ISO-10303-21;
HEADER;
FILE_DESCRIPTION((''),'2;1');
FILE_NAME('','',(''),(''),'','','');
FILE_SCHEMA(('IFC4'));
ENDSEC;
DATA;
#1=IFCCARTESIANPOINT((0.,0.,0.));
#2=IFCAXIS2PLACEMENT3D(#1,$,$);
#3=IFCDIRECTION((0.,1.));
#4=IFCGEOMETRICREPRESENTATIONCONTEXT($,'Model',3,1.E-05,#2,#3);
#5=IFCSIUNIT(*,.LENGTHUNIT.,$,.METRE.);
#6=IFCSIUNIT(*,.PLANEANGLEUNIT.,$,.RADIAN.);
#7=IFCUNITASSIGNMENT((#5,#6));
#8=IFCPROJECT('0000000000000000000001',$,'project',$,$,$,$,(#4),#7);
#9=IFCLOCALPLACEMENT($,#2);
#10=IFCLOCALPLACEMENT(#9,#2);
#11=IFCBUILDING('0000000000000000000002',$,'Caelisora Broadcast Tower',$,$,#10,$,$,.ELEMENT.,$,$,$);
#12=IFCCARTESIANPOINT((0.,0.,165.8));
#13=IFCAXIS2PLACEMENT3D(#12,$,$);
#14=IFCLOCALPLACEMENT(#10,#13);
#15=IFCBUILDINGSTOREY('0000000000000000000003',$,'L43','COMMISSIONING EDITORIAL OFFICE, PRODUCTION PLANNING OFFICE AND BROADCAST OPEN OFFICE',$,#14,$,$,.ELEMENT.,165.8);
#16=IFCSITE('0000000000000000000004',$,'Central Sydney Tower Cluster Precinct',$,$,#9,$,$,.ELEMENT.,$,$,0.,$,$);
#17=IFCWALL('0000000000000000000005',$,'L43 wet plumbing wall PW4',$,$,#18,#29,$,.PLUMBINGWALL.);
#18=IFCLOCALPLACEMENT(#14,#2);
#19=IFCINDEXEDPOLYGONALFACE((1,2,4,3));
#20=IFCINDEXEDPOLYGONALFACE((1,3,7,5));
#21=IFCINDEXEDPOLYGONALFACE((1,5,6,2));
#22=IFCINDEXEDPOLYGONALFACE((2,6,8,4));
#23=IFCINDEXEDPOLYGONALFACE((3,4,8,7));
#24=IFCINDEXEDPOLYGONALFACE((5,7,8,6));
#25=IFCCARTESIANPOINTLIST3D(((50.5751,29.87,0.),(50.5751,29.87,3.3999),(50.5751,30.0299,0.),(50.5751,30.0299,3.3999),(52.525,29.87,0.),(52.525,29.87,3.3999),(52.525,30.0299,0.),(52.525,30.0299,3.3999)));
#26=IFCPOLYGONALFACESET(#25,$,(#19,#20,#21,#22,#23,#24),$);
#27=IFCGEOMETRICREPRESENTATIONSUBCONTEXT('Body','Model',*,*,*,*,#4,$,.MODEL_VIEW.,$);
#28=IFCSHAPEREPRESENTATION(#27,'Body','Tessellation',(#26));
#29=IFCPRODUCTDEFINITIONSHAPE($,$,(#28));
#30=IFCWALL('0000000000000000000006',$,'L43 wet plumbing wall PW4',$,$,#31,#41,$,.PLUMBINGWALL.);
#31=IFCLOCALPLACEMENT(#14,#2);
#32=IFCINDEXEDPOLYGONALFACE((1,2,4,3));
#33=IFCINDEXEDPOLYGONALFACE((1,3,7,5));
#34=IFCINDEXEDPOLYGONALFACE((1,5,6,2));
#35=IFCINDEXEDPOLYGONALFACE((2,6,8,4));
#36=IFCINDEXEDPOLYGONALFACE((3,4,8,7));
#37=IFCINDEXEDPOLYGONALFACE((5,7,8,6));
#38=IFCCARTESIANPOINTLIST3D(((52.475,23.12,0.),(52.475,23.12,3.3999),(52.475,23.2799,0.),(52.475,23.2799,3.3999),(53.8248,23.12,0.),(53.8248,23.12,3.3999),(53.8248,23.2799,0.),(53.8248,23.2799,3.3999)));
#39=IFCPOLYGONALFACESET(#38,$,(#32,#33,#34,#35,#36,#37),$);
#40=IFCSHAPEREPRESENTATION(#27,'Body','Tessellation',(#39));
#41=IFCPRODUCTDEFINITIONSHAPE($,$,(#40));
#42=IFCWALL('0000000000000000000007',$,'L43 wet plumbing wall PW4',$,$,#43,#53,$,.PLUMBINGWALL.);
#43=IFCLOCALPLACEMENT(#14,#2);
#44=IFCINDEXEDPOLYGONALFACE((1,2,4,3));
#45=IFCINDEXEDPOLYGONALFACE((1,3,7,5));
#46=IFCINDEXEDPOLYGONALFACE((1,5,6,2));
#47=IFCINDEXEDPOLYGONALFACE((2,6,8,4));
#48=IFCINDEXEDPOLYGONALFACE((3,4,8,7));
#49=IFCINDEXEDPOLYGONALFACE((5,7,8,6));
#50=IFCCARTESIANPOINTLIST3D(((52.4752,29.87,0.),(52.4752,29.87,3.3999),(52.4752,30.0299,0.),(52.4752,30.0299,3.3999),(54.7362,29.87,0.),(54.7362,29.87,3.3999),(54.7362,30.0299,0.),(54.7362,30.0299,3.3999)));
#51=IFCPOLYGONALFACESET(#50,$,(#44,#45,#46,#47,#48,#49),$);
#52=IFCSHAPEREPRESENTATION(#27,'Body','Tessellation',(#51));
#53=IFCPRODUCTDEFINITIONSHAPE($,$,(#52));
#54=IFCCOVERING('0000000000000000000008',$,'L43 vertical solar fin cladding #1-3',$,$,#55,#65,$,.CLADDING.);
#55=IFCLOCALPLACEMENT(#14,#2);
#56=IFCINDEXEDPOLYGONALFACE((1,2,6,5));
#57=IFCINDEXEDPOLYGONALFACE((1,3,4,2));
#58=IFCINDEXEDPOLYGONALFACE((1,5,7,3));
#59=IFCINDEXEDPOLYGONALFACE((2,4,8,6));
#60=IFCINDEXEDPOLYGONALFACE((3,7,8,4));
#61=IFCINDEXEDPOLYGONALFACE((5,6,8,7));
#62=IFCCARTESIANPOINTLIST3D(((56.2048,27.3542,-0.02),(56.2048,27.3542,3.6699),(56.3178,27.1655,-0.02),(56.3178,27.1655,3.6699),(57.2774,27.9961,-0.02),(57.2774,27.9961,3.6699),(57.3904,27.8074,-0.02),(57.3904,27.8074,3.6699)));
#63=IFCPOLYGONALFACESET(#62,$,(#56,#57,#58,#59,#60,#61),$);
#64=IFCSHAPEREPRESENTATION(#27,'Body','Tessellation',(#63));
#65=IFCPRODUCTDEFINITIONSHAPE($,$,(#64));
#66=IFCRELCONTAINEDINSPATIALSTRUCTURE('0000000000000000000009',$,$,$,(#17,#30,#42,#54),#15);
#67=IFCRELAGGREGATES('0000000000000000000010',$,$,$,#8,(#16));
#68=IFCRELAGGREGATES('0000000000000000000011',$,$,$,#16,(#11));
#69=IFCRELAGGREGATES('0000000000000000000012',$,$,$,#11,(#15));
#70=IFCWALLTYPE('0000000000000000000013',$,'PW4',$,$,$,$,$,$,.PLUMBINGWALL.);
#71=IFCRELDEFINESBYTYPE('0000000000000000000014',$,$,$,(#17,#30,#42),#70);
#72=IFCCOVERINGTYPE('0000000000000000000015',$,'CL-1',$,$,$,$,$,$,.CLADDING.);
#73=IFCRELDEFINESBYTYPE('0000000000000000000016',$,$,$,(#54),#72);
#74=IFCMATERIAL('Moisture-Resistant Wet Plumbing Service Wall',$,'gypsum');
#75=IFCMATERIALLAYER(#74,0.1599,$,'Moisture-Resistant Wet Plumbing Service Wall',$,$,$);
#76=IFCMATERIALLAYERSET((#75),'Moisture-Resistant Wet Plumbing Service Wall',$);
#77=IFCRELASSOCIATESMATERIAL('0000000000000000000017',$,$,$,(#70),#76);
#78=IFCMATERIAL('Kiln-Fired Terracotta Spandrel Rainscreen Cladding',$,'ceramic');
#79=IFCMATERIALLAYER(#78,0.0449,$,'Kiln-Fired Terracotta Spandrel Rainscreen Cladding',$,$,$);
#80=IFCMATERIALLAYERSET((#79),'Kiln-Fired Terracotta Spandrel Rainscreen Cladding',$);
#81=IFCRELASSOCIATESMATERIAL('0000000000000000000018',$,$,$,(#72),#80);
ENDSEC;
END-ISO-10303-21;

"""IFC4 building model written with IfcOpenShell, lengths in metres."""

from ifc_helpers import new_model, si_unit, direction, frame, frame_2d, origin, origin_2d, place, context, subcontext, project, spatial, rectangle, extrude, source, transform, mapped, material, layer, layer_set, type_object, type_shapes, element, save


model = new_model("IFC4")

# Units and contexts
model_context = context("Model", 3, precision=1e-05, world=origin(), true_north=direction((0.0, 1.0)))
body_context = subcontext(model_context, "Body", "Model", "MODEL_VIEW")
ifc_project = project(units=[si_unit("LENGTHUNIT", "METRE"), si_unit("PLANEANGLEUNIT", "RADIAN")], contexts=[model_context])

# Site, building, storey
site_placement = place(None, origin())
site = spatial("IfcSite", under=ifc_project, at=site_placement, Name="Central Sydney Tower Cluster Precinct", CompositionType="ELEMENT", RefElevation=0.0)
building_placement = place(site_placement, origin())
building = spatial("IfcBuilding", under=site, at=building_placement, Name="Caelisora Broadcast Tower", CompositionType="ELEMENT")
storey_placement = place(building_placement, frame((0.0, 0.0, 165.8)))
storey = spatial("IfcBuildingStorey", under=building, at=storey_placement, Name="L43", Description="COMMISSIONING EDITORIAL OFFICE, PRODUCTION PLANNING OFFICE AND BROADCAST OPEN OFFICE", CompositionType="ELEMENT", Elevation=165.8)

# Shared definitions
ifc_material_1 = material(Name="Moisture-Resistant Wet Plumbing Service Wall", Category="gypsum")
ifc_layer_1 = layer(ifc_material_1, 0.1599, Name="Moisture-Resistant Wet Plumbing Service Wall")
ifc_layer_set_1 = layer_set([ifc_layer_1], Name="Moisture-Resistant Wet Plumbing Service Wall")
wall_type = type_object("IfcWallType", Name="PW4", PredefinedType="PLUMBINGWALL", material=ifc_layer_set_1)

# Walls
wall_1_placement = place(storey_placement, frame((50.575, 29.95, 0.0), z_axis=(0.0, 0.0, 1.0), x_axis=(1.0, 0.0, 0.0)))
element("IfcWall", 1, at=wall_1_placement, inside=storey, type_object=wall_type, Name="L43 wet plumbing wall PW4", PredefinedType="PLUMBINGWALL", context=body_context, shape_type="SweptSolid", body=[
    extrude(rectangle(XDim=1.95, YDim=0.1599, at=frame_2d((0.9751, 0.0))), origin(), (0.0, 0.0, 1.0), 3.3999),
])
wall_2_placement = place(storey_placement, frame((52.4751, 23.2, 0.0), z_axis=(0.0, 0.0, 1.0), x_axis=(1.0, 0.0, 0.0)))
element("IfcWall", 2, at=wall_2_placement, inside=storey, type_object=wall_type, Name="L43 wet plumbing wall PW4", PredefinedType="PLUMBINGWALL", context=body_context, shape_type="SweptSolid", body=[
    extrude(rectangle(XDim=1.3499, YDim=0.1599, at=frame_2d((0.6748, 0.0))), origin(), (0.0, 0.0, 1.0), 3.3999),
])
wall_3_placement = place(storey_placement, frame((54.7361, 29.95, 0.0), z_axis=(0.0, 0.0, 1.0), x_axis=(-1.0, 0.0, 0.0)))
element("IfcWall", 3, at=wall_3_placement, inside=storey, type_object=wall_type, Name="L43 wet plumbing wall PW4", PredefinedType="PLUMBINGWALL", context=body_context, shape_type="SweptSolid", body=[
    extrude(rectangle(XDim=2.261, YDim=0.1599, at=frame_2d((1.1304, 0.0))), origin(), (0.0, 0.0, 1.0), 3.3999),
])

# Covering
ifc_material_2 = material(Name="Kiln-Fired Terracotta Spandrel Rainscreen Cladding", Category="ceramic")
ifc_layer_2 = layer(ifc_material_2, 0.0449, Name="Kiln-Fired Terracotta Spandrel Rainscreen Cladding")
ifc_layer_set_2 = layer_set([ifc_layer_2], Name="Kiln-Fired Terracotta Spandrel Rainscreen Cladding")
covering_type = type_object("IfcCoveringType", Name="CL-1", PredefinedType="CLADDING", material=ifc_layer_set_2)
shared_shape_1 = source(origin(), body_context, "Body", "SweptSolid", [
    extrude(rectangle(XDim=0.22, YDim=1.25, at=origin_2d()), origin(), (0.0, 0.0, 1.0), 3.6899),
])
type_shapes(covering_type, [shared_shape_1])
covering_placement = place(storey_placement, frame((56.7976, 27.5808, -0.02), z_axis=(0.0, 0.0, 1.0), x_axis=(0.513541, -0.858065, 0.0)))
element("IfcCovering", 4, at=covering_placement, inside=storey, type_object=covering_type, Name="L43 vertical solar fin cladding #1-3", PredefinedType="CLADDING", context=body_context, shape_type="MappedRepresentation", body=[
    mapped(shared_shape_1, transform((0.0, 0.0, 0.0), scale=1.0)),
])

save(model, "model.ifc")
